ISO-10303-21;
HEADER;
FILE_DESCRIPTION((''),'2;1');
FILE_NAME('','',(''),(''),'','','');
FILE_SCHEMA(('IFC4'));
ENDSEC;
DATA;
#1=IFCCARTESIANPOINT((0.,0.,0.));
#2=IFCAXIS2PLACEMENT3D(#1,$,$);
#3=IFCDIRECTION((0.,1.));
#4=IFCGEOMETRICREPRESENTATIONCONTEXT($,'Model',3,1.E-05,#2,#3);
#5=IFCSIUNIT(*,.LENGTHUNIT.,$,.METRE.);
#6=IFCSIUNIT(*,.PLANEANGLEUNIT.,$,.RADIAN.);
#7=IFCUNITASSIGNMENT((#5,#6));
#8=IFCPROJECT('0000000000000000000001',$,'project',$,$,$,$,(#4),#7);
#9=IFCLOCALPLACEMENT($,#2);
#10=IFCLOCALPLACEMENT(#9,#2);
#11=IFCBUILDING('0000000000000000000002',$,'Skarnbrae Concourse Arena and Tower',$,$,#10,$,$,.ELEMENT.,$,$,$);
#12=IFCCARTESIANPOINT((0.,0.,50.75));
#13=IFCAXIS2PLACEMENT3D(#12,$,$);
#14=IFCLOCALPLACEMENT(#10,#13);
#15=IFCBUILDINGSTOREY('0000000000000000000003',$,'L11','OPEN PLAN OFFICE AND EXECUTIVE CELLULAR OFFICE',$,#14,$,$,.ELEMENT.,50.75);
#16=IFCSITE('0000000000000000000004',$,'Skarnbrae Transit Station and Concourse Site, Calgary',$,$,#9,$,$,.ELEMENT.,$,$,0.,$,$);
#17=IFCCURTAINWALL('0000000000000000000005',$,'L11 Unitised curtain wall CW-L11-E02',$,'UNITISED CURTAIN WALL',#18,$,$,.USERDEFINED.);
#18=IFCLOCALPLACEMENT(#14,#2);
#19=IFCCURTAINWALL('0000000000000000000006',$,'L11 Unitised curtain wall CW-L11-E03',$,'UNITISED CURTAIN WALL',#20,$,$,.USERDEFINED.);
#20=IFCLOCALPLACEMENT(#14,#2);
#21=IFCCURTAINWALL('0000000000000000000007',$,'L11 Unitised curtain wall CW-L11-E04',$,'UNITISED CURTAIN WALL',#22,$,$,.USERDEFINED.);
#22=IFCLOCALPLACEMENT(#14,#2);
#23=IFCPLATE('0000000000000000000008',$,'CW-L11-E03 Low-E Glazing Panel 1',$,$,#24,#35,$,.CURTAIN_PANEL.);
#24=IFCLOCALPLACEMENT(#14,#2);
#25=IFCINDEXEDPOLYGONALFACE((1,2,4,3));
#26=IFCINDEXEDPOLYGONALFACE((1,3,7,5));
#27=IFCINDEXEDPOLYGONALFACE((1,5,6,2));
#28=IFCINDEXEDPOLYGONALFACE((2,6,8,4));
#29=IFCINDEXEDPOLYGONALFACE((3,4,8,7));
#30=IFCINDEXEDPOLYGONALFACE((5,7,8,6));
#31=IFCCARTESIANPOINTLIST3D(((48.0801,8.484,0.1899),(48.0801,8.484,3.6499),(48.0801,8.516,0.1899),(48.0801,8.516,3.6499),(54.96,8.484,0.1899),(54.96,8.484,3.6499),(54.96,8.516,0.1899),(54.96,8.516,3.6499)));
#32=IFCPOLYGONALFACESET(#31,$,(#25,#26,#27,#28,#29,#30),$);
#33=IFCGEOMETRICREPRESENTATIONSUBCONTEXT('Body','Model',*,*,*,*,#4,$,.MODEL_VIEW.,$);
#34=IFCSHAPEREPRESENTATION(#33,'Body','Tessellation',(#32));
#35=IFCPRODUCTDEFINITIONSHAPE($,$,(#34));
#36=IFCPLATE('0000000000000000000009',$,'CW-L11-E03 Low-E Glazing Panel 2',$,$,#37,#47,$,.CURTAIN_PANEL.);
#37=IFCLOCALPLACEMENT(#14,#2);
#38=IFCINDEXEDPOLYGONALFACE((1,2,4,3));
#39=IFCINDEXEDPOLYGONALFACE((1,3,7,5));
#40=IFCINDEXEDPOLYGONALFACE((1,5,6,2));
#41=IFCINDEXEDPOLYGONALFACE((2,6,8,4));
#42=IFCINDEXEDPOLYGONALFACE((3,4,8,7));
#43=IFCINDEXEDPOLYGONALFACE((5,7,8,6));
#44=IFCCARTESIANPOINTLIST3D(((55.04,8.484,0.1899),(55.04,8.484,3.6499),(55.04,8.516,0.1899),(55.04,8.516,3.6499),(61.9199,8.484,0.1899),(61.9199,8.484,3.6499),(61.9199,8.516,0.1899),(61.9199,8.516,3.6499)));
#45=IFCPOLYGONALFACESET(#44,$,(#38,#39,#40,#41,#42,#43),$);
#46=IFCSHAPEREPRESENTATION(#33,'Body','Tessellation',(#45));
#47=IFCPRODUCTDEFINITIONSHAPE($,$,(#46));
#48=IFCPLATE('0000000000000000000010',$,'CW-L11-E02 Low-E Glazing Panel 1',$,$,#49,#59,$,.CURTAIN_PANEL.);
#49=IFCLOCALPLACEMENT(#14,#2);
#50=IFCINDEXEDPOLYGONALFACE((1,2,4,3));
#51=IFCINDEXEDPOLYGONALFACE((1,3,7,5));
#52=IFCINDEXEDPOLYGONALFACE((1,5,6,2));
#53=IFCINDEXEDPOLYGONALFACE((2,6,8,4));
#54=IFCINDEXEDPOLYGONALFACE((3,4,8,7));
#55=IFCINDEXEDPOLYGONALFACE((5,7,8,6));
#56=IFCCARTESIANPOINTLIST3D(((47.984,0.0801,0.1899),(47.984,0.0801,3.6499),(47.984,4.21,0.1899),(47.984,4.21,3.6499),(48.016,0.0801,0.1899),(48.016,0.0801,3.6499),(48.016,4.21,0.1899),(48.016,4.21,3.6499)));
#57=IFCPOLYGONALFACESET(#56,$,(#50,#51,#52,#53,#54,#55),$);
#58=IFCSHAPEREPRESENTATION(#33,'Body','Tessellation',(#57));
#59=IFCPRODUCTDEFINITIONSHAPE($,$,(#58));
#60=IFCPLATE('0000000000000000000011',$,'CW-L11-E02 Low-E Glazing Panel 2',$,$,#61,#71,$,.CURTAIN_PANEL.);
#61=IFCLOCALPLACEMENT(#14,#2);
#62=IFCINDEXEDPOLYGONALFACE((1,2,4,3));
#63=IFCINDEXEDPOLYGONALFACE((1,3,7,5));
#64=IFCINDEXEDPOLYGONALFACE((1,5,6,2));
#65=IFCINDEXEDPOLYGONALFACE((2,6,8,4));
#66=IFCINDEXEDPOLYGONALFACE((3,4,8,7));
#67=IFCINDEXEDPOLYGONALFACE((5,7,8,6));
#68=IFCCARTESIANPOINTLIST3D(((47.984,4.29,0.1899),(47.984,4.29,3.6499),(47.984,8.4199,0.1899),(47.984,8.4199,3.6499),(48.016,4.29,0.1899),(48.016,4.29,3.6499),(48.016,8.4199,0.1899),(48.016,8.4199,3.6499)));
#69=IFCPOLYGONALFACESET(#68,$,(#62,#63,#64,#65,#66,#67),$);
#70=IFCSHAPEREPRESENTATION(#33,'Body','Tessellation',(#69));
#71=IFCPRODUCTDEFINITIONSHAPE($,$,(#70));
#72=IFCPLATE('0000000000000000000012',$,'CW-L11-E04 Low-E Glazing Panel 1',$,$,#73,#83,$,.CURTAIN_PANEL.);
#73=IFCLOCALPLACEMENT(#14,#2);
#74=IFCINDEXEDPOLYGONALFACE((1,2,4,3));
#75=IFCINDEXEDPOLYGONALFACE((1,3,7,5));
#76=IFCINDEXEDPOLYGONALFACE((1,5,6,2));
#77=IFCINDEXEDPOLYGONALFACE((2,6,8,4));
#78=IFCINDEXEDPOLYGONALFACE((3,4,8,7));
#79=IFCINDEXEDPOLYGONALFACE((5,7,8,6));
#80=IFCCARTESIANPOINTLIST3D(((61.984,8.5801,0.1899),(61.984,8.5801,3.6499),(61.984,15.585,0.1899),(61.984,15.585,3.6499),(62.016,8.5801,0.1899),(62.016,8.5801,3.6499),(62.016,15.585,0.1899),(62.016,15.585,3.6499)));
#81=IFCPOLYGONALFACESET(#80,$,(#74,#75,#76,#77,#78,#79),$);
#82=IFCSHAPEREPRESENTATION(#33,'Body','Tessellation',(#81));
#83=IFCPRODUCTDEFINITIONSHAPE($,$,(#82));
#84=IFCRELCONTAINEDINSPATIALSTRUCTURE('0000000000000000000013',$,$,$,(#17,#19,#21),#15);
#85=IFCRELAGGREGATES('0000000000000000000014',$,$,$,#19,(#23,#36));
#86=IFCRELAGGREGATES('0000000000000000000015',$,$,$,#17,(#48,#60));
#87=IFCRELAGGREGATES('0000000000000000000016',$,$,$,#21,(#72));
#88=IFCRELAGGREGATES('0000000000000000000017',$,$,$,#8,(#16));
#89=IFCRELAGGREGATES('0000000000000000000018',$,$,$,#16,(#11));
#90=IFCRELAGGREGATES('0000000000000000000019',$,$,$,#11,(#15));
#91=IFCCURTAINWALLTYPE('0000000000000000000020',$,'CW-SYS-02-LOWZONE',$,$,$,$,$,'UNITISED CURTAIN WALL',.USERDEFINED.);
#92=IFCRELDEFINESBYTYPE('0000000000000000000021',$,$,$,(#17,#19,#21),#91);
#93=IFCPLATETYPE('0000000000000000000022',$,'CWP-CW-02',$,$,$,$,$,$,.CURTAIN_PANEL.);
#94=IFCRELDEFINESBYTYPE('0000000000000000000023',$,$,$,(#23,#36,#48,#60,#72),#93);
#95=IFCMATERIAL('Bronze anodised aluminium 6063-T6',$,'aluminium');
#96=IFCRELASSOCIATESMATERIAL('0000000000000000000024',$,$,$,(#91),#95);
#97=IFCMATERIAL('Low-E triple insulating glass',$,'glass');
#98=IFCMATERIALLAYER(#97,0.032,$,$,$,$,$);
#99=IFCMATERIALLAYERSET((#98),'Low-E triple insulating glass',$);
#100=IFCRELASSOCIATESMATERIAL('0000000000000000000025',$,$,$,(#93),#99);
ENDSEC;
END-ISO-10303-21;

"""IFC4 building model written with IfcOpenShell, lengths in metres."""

from ifc_helpers import new_model, si_unit, direction, frame, origin, origin_2d, place, context, subcontext, project, spatial, rectangle, extrude, source, transform, mapped, material, layer, layer_set, type_object, element, aggregate, save


model = new_model("IFC4")

# Units and contexts
model_context = context("Model", 3, precision=1e-05, world=origin(), true_north=direction((0.0, 1.0)))
body_context = subcontext(model_context, "Body", "Model", "MODEL_VIEW")
ifc_project = project(units=[si_unit("LENGTHUNIT", "METRE"), si_unit("PLANEANGLEUNIT", "RADIAN")], contexts=[model_context])

# Site, building, storey
site_placement = place(None, origin())
site = spatial("IfcSite", under=ifc_project, at=site_placement, Name="Skarnbrae Transit Station and Concourse Site, Calgary", CompositionType="ELEMENT", RefElevation=0.0)
building_placement = place(site_placement, origin())
building = spatial("IfcBuilding", under=site, at=building_placement, Name="Skarnbrae Concourse Arena and Tower", CompositionType="ELEMENT")
storey_placement = place(building_placement, frame((0.0, 0.0, 50.75)))
storey = spatial("IfcBuildingStorey", under=building, at=storey_placement, Name="L11", Description="OPEN PLAN OFFICE AND EXECUTIVE CELLULAR OFFICE", CompositionType="ELEMENT", Elevation=50.75)

# Shared definitions
ifc_material_1 = material(Name="Bronze anodised aluminium 6063-T6", Category="aluminium")
curtain_wall_type = type_object("IfcCurtainWallType", Name="CW-SYS-02-LOWZONE", ElementType="UNITISED CURTAIN WALL", PredefinedType="USERDEFINED", material=ifc_material_1)

# Curtain walls
curtain_wall_1_placement = place(storey_placement, origin())
curtain_wall_1 = element("IfcCurtainWall", 1, at=curtain_wall_1_placement, inside=storey, type_object=curtain_wall_type, Name="L11 Unitised curtain wall CW-L11-E02", ObjectType="UNITISED CURTAIN WALL", PredefinedType="USERDEFINED")
curtain_wall_2_placement = place(storey_placement, origin())
curtain_wall_2 = element("IfcCurtainWall", 2, at=curtain_wall_2_placement, inside=storey, type_object=curtain_wall_type, Name="L11 Unitised curtain wall CW-L11-E03", ObjectType="UNITISED CURTAIN WALL", PredefinedType="USERDEFINED")

# Curtain wall
curtain_wall_3_placement = place(storey_placement, origin())
curtain_wall_3 = element("IfcCurtainWall", 3, at=curtain_wall_3_placement, inside=storey, type_object=curtain_wall_type, Name="L11 Unitised curtain wall CW-L11-E04", ObjectType="UNITISED CURTAIN WALL", PredefinedType="USERDEFINED")

# Plates
ifc_material_2 = material(Name="Low-E triple insulating glass", Category="glass")
ifc_layer = layer(ifc_material_2, 0.032)
ifc_layer_set = layer_set([ifc_layer], Name="Low-E triple insulating glass")
plate_type = type_object("IfcPlateType", Name="CWP-CW-02", PredefinedType="CURTAIN_PANEL", material=ifc_layer_set)
shared_shape_1 = source(origin(), body_context, "Body", "SweptSolid", [
    extrude(rectangle(XDim=6.8799, YDim=0.032, at=origin_2d()), origin(), (0.0, 0.0, 1.0), 3.46),
])
plate_1_placement = place(storey_placement, frame((51.52, 8.5, 0.1899), z_axis=(0.0, 0.0, 1.0), x_axis=(1.0, 0.0, 0.0)))
plate_1 = element("IfcPlate", 4, at=plate_1_placement, type_object=plate_type, Name="CW-L11-E03 Low-E Glazing Panel 1", PredefinedType="CURTAIN_PANEL", context=body_context, shape_type="MappedRepresentation", body=[
    mapped(shared_shape_1, transform((0.0, 0.0, 0.0))),
])
plate_2_placement = place(storey_placement, frame((58.48, 8.5, 0.1899), z_axis=(0.0, 0.0, 1.0), x_axis=(1.0, 0.0, 0.0)))
plate_2 = element("IfcPlate", 5, at=plate_2_placement, type_object=plate_type, Name="CW-L11-E03 Low-E Glazing Panel 2", PredefinedType="CURTAIN_PANEL", context=body_context, shape_type="MappedRepresentation", body=[
    mapped(shared_shape_1, transform((0.0, 0.0, 0.0))),
])
aggregate(curtain_wall_2, [plate_1, plate_2])
shared_shape_2 = source(origin(), body_context, "Body", "SweptSolid", [
    extrude(rectangle(XDim=4.1299, YDim=0.032, at=origin_2d()), origin(), (0.0, 0.0, 1.0), 3.46),
])
plate_3_placement = place(storey_placement, frame((48.0, 2.145, 0.1899), z_axis=(0.0, 0.0, 1.0), x_axis=(0.0, 1.0, 0.0)))
plate_3 = element("IfcPlate", 6, at=plate_3_placement, type_object=plate_type, Name="CW-L11-E02 Low-E Glazing Panel 1", PredefinedType="CURTAIN_PANEL", context=body_context, shape_type="MappedRepresentation", body=[
    mapped(shared_shape_2, transform((0.0, 0.0, 0.0))),
])
plate_4_placement = place(storey_placement, frame((48.0, 6.355, 0.1899), z_axis=(0.0, 0.0, 1.0), x_axis=(0.0, 1.0, 0.0)))
plate_4 = element("IfcPlate", 7, at=plate_4_placement, type_object=plate_type, Name="CW-L11-E02 Low-E Glazing Panel 2", PredefinedType="CURTAIN_PANEL", context=body_context, shape_type="MappedRepresentation", body=[
    mapped(shared_shape_2, transform((0.0, 0.0, 0.0))),
])
aggregate(curtain_wall_1, [plate_3, plate_4])
shared_shape_3 = source(origin(), body_context, "Body", "SweptSolid", [
    extrude(rectangle(XDim=7.0049, YDim=0.032, at=origin_2d()), origin(), (0.0, 0.0, 1.0), 3.46),
])
plate_5_placement = place(storey_placement, frame((62.0, 12.0825, 0.1899), z_axis=(0.0, 0.0, 1.0), x_axis=(0.0, 1.0, 0.0)))
plate_5 = element("IfcPlate", 8, at=plate_5_placement, type_object=plate_type, Name="CW-L11-E04 Low-E Glazing Panel 1", PredefinedType="CURTAIN_PANEL", context=body_context, shape_type="MappedRepresentation", body=[
    mapped(shared_shape_3, transform((0.0, 0.0, 0.0))),
])
aggregate(curtain_wall_3, [plate_5])

save(model, "model.ifc")
